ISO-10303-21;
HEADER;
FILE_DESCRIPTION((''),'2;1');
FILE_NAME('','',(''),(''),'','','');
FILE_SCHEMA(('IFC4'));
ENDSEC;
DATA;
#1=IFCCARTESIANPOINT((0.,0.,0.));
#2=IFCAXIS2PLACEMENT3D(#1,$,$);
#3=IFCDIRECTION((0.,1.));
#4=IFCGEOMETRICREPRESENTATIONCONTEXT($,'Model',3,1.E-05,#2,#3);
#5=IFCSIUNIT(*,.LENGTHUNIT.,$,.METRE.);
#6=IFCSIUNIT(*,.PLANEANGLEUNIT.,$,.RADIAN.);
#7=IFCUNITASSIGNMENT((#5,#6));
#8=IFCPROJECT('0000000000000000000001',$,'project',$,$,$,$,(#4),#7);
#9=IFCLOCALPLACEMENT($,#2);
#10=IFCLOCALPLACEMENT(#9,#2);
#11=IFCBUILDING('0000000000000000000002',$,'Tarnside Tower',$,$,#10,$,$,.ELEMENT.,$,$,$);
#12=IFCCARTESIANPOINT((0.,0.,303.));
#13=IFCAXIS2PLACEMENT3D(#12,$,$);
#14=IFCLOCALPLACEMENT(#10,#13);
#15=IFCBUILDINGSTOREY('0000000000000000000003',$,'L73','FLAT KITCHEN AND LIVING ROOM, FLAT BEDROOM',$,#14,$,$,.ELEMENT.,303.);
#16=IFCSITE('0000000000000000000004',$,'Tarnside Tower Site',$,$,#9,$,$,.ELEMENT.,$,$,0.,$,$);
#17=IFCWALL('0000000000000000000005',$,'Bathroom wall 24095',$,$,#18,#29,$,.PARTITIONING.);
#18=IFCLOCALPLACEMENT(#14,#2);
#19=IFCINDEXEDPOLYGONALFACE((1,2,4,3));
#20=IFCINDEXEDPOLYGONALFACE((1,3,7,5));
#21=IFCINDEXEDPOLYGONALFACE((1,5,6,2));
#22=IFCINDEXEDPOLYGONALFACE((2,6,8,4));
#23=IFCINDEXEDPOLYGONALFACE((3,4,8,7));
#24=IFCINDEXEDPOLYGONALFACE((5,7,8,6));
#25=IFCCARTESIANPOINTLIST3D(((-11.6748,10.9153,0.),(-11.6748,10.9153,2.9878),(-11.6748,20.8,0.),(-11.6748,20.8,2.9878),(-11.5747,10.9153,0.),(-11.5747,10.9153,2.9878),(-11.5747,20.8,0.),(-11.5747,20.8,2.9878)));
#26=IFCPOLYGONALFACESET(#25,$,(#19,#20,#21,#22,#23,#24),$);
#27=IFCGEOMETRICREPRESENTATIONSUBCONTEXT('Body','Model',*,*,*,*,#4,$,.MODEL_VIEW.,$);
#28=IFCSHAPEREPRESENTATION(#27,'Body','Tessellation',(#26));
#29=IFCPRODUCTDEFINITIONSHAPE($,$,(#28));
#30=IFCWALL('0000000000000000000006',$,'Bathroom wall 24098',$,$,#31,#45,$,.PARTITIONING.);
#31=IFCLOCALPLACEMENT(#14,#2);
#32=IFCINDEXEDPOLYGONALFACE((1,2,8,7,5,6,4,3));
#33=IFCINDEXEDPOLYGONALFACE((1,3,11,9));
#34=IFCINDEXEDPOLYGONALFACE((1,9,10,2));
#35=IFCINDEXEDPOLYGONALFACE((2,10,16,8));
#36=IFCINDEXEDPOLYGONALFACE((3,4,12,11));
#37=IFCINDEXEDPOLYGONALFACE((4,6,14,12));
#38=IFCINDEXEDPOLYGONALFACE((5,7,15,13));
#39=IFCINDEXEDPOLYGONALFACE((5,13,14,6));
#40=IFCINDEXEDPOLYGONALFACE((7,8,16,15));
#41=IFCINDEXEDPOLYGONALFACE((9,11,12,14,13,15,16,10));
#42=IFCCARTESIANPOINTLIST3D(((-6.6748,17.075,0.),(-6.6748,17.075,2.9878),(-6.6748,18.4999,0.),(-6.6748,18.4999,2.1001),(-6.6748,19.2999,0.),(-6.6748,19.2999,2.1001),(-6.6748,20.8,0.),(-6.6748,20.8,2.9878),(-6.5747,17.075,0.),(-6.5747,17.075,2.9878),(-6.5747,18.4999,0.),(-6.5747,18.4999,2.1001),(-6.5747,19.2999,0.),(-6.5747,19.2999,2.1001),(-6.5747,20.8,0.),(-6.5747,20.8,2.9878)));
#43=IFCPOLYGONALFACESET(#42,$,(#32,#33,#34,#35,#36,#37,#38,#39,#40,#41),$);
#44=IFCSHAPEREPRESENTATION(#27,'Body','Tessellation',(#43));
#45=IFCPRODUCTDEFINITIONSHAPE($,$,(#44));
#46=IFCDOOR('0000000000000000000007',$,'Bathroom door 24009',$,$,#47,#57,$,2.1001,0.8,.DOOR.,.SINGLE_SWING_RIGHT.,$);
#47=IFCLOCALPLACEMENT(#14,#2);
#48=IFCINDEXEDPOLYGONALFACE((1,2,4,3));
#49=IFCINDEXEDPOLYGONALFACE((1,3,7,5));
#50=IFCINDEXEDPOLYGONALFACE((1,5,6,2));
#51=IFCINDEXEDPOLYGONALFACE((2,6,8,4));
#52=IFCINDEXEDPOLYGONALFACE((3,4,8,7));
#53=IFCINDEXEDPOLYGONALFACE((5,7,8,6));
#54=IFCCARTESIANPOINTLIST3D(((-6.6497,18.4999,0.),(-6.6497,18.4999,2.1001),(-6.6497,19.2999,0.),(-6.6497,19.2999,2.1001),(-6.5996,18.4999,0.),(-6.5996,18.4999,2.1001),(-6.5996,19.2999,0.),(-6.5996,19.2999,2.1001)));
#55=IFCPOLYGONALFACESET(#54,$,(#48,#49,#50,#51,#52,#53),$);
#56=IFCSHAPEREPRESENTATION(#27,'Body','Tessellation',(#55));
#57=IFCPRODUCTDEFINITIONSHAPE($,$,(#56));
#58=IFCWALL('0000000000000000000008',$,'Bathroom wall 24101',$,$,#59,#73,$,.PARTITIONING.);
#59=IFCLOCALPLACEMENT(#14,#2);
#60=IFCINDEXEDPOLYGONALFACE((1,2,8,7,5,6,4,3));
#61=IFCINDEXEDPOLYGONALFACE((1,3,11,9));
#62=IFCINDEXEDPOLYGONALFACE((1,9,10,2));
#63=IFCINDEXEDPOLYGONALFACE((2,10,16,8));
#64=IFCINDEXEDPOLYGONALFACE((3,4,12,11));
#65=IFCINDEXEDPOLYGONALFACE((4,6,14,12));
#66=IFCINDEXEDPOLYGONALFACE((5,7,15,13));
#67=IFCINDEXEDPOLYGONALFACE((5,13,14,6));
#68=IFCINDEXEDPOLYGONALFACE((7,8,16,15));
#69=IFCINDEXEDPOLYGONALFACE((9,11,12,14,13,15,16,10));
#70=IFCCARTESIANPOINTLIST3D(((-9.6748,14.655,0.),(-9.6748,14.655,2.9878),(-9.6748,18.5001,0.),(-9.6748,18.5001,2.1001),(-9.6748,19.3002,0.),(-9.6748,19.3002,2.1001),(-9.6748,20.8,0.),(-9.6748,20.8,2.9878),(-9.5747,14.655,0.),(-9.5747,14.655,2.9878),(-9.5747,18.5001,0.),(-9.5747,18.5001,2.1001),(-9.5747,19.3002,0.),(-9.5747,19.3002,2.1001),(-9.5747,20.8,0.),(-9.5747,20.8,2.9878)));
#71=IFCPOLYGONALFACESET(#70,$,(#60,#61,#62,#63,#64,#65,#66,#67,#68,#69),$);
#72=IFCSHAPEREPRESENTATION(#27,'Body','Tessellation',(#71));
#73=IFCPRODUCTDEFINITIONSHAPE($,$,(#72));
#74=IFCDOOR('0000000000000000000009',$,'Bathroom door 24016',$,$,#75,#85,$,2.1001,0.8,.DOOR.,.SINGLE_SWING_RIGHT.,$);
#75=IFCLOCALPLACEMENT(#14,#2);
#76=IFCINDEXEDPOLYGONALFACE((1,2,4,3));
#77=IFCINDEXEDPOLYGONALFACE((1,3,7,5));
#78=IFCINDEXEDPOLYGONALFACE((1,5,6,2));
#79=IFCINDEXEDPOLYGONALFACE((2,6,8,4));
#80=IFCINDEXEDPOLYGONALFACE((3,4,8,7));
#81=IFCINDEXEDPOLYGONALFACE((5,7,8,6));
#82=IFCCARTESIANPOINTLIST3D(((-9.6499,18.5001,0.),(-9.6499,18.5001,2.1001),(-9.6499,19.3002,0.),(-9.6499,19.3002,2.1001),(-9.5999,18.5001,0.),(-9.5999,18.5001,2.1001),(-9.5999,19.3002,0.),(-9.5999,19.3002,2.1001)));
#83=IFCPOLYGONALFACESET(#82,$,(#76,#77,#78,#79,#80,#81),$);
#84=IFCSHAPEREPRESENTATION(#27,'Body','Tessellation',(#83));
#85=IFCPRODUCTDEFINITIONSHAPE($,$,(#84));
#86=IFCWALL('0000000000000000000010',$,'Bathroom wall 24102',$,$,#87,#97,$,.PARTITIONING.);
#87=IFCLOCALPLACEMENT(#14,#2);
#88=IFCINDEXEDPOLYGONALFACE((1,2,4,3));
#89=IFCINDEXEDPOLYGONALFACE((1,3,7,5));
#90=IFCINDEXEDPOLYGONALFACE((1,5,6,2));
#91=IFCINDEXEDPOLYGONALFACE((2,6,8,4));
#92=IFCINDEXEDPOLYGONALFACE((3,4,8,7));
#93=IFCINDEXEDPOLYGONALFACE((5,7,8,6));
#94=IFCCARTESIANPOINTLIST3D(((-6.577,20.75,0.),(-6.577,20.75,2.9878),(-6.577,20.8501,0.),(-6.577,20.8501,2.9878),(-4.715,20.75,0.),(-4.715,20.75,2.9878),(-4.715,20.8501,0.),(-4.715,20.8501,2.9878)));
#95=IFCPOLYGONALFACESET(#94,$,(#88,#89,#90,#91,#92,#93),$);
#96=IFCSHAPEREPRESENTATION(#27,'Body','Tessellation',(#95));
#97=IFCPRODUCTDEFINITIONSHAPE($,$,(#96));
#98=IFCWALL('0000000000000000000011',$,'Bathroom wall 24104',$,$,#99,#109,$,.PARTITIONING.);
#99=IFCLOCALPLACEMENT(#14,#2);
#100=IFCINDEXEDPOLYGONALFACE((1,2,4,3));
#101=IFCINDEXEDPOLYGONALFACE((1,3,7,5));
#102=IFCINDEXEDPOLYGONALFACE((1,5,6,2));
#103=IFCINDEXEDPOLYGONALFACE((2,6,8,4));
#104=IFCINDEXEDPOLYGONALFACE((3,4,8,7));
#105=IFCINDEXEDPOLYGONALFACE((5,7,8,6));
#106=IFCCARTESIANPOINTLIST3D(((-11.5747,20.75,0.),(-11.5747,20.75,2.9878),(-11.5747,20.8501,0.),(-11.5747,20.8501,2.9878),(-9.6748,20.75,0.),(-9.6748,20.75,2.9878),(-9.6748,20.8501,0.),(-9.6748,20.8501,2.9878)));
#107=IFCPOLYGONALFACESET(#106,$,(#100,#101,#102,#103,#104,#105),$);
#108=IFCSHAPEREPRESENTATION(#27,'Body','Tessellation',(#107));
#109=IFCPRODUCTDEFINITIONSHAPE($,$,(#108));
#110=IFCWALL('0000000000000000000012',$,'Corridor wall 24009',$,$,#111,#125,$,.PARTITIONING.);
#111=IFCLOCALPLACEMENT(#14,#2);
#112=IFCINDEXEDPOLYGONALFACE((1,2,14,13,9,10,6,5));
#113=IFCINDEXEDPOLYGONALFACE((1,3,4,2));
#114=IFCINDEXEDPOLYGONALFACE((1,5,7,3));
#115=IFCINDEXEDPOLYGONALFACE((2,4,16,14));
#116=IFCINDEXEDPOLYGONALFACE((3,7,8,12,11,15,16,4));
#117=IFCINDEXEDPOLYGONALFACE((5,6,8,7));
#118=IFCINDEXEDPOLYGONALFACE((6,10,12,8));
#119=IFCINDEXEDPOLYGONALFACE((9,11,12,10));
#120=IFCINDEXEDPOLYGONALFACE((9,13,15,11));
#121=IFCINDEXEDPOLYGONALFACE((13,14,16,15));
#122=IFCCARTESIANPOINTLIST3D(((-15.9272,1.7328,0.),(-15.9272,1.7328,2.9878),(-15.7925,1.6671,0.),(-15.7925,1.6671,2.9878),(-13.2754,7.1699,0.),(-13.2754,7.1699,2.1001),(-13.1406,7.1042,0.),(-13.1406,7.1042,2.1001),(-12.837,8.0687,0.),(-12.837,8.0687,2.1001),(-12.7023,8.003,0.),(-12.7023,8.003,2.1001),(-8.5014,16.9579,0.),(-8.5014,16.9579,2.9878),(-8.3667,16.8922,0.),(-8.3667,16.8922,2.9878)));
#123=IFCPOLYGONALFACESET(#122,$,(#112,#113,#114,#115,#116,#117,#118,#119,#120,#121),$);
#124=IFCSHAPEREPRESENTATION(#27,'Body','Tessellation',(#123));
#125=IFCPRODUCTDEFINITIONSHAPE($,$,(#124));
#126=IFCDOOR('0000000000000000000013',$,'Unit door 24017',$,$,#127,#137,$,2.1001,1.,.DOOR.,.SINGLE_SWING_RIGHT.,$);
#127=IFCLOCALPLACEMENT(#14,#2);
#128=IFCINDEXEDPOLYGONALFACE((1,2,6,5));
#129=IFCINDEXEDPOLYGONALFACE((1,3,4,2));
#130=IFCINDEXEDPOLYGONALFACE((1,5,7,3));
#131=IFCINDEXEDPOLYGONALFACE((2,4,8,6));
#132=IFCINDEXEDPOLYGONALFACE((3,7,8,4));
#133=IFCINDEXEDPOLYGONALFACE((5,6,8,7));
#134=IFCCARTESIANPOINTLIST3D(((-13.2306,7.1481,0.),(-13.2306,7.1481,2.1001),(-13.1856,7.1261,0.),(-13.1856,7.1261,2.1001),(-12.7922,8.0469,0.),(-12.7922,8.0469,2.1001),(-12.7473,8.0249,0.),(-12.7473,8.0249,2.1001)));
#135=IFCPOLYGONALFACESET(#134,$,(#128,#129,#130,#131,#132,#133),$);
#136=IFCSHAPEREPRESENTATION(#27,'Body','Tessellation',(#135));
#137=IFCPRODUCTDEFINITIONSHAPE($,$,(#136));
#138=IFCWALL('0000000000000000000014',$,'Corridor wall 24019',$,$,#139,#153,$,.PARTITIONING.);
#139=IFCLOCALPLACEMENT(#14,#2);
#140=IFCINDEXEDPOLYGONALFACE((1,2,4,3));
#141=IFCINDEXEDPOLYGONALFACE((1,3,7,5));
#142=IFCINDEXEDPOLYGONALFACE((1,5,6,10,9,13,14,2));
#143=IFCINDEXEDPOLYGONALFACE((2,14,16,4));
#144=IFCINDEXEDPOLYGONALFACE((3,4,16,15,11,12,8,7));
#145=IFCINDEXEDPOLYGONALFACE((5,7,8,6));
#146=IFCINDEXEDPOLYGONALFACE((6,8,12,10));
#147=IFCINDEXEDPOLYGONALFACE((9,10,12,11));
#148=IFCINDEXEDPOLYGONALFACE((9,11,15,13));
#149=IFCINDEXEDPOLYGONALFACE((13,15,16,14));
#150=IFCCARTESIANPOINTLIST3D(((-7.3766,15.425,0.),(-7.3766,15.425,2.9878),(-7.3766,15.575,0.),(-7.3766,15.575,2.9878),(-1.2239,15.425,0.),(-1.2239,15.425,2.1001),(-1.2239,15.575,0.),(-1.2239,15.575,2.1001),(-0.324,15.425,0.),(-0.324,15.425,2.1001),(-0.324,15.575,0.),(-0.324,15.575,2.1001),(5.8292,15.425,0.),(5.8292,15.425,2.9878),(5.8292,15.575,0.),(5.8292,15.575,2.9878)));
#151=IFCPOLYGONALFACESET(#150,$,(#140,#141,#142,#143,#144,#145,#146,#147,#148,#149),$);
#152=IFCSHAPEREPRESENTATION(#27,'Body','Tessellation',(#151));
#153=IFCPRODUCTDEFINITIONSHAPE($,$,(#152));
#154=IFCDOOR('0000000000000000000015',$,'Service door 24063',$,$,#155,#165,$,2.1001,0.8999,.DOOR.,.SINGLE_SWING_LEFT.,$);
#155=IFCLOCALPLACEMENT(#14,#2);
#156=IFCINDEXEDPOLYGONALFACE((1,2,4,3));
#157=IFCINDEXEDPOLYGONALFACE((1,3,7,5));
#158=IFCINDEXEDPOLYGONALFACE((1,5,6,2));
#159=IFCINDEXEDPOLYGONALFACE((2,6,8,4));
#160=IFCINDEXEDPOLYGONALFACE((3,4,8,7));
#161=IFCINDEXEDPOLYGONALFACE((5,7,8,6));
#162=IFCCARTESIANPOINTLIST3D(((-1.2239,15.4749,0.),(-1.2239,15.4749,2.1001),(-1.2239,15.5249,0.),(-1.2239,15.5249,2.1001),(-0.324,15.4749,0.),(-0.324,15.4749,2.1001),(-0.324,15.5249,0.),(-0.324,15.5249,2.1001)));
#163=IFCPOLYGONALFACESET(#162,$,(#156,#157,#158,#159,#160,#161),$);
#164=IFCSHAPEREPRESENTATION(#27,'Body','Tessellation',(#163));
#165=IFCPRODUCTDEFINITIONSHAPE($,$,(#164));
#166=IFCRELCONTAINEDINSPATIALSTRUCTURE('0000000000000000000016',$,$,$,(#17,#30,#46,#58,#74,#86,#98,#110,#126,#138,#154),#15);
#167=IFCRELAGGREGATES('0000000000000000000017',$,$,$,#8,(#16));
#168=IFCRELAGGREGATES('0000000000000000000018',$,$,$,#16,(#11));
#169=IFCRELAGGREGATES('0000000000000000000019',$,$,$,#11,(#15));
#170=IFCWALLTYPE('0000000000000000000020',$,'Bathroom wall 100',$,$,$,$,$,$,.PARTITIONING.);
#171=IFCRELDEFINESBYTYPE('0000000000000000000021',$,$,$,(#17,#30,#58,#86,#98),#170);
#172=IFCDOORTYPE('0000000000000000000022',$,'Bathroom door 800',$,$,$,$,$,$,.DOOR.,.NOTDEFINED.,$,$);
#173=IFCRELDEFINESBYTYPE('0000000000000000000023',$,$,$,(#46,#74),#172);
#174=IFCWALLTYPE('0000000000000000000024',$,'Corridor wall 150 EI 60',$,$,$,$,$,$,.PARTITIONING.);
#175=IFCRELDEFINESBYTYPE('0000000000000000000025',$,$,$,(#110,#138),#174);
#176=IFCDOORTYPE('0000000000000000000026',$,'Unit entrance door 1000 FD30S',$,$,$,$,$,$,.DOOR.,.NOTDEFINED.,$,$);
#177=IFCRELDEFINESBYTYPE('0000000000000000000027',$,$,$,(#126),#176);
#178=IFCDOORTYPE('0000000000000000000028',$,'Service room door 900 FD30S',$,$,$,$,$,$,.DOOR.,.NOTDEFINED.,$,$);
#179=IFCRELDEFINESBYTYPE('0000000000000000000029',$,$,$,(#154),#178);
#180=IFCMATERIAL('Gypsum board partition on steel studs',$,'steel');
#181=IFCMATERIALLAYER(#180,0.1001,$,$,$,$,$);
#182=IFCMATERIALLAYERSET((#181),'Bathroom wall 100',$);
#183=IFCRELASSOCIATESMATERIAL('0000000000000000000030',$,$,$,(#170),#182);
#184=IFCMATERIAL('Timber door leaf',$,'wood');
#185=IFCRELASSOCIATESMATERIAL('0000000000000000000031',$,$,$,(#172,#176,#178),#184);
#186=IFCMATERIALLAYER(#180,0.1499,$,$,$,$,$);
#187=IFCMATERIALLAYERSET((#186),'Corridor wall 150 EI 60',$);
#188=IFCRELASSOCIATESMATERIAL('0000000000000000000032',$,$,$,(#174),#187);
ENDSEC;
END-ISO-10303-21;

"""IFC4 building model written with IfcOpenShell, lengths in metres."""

from ifc_helpers import new_model, si_unit, direction, frame, frame_2d, origin, place, context, subcontext, project, spatial, rectangle, extrude, material, layer, layer_set, type_object, element, fill, save


model = new_model("IFC4")

# Units and contexts
model_context = context("Model", 3, precision=1e-05, world=origin(), true_north=direction((0.0, 1.0)))
body_context = subcontext(model_context, "Body", "Model", "MODEL_VIEW")
ifc_project = project(units=[si_unit("LENGTHUNIT", "METRE"), si_unit("PLANEANGLEUNIT", "RADIAN")], contexts=[model_context])

# Site, building, storey
site_placement = place(None, origin())
site = spatial("IfcSite", under=ifc_project, at=site_placement, Name="Tarnside Tower Site", CompositionType="ELEMENT", RefElevation=0.0)
building_placement = place(site_placement, origin())
building = spatial("IfcBuilding", under=site, at=building_placement, Name="Tarnside Tower", CompositionType="ELEMENT")
storey_placement = place(building_placement, frame((0.0, 0.0, 303.0)))
storey = spatial("IfcBuildingStorey", under=building, at=storey_placement, Name="L73", Description="FLAT KITCHEN AND LIVING ROOM, FLAT BEDROOM", CompositionType="ELEMENT", Elevation=303.0)

# Wall
ifc_material_1 = material(Name="Gypsum board partition on steel studs", Category="steel")
ifc_layer_1 = layer(ifc_material_1, 0.1001)
ifc_layer_set_1 = layer_set([ifc_layer_1], Name="Bathroom wall 100")
wall_type_1 = type_object("IfcWallType", Name="Bathroom wall 100", PredefinedType="PARTITIONING", material=ifc_layer_set_1)
wall_1_placement = place(storey_placement, frame((-11.6248, 10.9153, 0.0), z_axis=(0.0, 0.0, 1.0), x_axis=(0.0, 1.0, 0.0)))
element("IfcWall", 1, at=wall_1_placement, inside=storey, type_object=wall_type_1, Name="Bathroom wall 24095", PredefinedType="PARTITIONING", context=body_context, shape_type="SweptSolid", body=[
    extrude(rectangle(XDim=9.8848, YDim=0.1001, at=frame_2d((4.9424, 0.0))), origin(), (0.0, 0.0, 1.0), 2.9878),
])

# Walls, openings, doors
wall_2_placement = place(storey_placement, frame((-6.6248, 17.075, 0.0), z_axis=(0.0, 0.0, 1.0), x_axis=(0.0, 1.0, 0.0)))
wall_2 = element("IfcWall", 2, at=wall_2_placement, inside=storey, type_object=wall_type_1, Name="Bathroom wall 24098", PredefinedType="PARTITIONING", context=body_context, shape_type="SweptSolid", body=[
    extrude(rectangle(XDim=3.7251, YDim=0.1001, at=frame_2d((1.8625, 0.0))), origin(), (0.0, 0.0, 1.0), 2.9878),
])
opening_1_placement = place(wall_2_placement, frame((1.425, 0.0, 0.0)))
opening_1 = element("IfcOpeningElement", 3, at=opening_1_placement, cuts=wall_2, PredefinedType="OPENING", context=body_context, shape_type="SweptSolid", body=[
    extrude(rectangle(XDim=0.8, YDim=2.1001, at=frame_2d((0.3999, 1.05))), frame((0.0, 0.0601, 0.0), z_axis=(0.0, -1.0, 0.0), x_axis=(1.0, 0.0, 0.0)), (0.0, 0.0, 1.0), 0.1201),
])
ifc_material_2 = material(Name="Timber door leaf", Category="wood")
door_type_1 = type_object("IfcDoorType", Name="Bathroom door 800", OperationType="NOTDEFINED", PredefinedType="DOOR", material=ifc_material_2)
door_1_placement = place(opening_1_placement, origin())
door_1 = element("IfcDoor", 4, at=door_1_placement, inside=storey, type_object=door_type_1, Name="Bathroom door 24009", OperationType="SINGLE_SWING_RIGHT", OverallHeight=2.1001, OverallWidth=0.8, PredefinedType="DOOR", context=body_context, shape_type="SweptSolid", body=[
    extrude(rectangle(XDim=0.8, YDim=2.1001, at=frame_2d((0.3999, 1.05))), frame((0.0, 0.0249, 0.0), z_axis=(0.0, -1.0, 0.0), x_axis=(1.0, 0.0, 0.0)), (0.0, 0.0, 1.0), 0.05),
])
fill(opening_1, door_1)
wall_3_placement = place(storey_placement, frame((-9.6248, 20.8, 0.0), z_axis=(0.0, 0.0, 1.0), x_axis=(0.0, -1.0, 0.0)))
wall_3 = element("IfcWall", 5, at=wall_3_placement, inside=storey, type_object=wall_type_1, Name="Bathroom wall 24101", PredefinedType="PARTITIONING", context=body_context, shape_type="SweptSolid", body=[
    extrude(rectangle(XDim=6.145, YDim=0.1001, at=frame_2d((3.0725, 0.0))), origin(), (0.0, 0.0, 1.0), 2.9878),
])
opening_2_placement = place(wall_3_placement, frame((1.5, 0.0, 0.0)))
opening_2 = element("IfcOpeningElement", 6, at=opening_2_placement, cuts=wall_3, PredefinedType="OPENING", context=body_context, shape_type="SweptSolid", body=[
    extrude(rectangle(XDim=0.8, YDim=2.1001, at=frame_2d((0.3999, 1.05))), frame((0.0, 0.0601, 0.0), z_axis=(0.0, -1.0, 0.0), x_axis=(1.0, 0.0, 0.0)), (0.0, 0.0, 1.0), 0.1201),
])
door_2_placement = place(opening_2_placement, origin())
door_2 = element("IfcDoor", 7, at=door_2_placement, inside=storey, type_object=door_type_1, Name="Bathroom door 24016", OperationType="SINGLE_SWING_RIGHT", OverallHeight=2.1001, OverallWidth=0.8, PredefinedType="DOOR", context=body_context, shape_type="SweptSolid", body=[
    extrude(rectangle(XDim=0.8, YDim=2.1001, at=frame_2d((0.3999, 1.05))), frame((0.0, 0.0249, 0.0), z_axis=(0.0, -1.0, 0.0), x_axis=(1.0, 0.0, 0.0)), (0.0, 0.0, 1.0), 0.05),
])
fill(opening_2, door_2)

# Walls
wall_4_placement = place(storey_placement, frame((-4.7148, 20.8, 0.0), z_axis=(0.0, 0.0, 1.0), x_axis=(-1.0, 0.0, 0.0)))
element("IfcWall", 8, at=wall_4_placement, inside=storey, type_object=wall_type_1, Name="Bathroom wall 24102", PredefinedType="PARTITIONING", context=body_context, shape_type="SweptSolid", body=[
    extrude(rectangle(XDim=1.8621, YDim=0.1001, at=frame_2d((0.9312, 0.0))), origin(), (0.0, 0.0, 1.0), 2.9878),
])
wall_5_placement = place(storey_placement, frame((-11.5747, 20.8, 0.0), z_axis=(0.0, 0.0, 1.0), x_axis=(1.0, 0.0, 0.0)))
element("IfcWall", 9, at=wall_5_placement, inside=storey, type_object=wall_type_1, Name="Bathroom wall 24104", PredefinedType="PARTITIONING", context=body_context, shape_type="SweptSolid", body=[
    extrude(rectangle(XDim=1.8999, YDim=0.1001, at=frame_2d((0.95, 0.0))), origin(), (0.0, 0.0, 1.0), 2.9878),
])

# Walls, openings, doors
ifc_layer_2 = layer(ifc_material_1, 0.1499)
ifc_layer_set_2 = layer_set([ifc_layer_2], Name="Corridor wall 150 EI 60")
wall_type_2 = type_object("IfcWallType", Name="Corridor wall 150 EI 60", PredefinedType="PARTITIONING", material=ifc_layer_set_2)
wall_6_placement = place(storey_placement, frame((-8.4341, 16.925, 0.0), z_axis=(0.0, 0.0, 1.0), x_axis=(-0.438371, -0.898794, 0.0)))
wall_6 = element("IfcWall", 10, at=wall_6_placement, inside=storey, type_object=wall_type_2, Name="Corridor wall 24009", PredefinedType="PARTITIONING", context=body_context, shape_type="SweptSolid", body=[
    extrude(rectangle(XDim=16.9395, YDim=0.1499, at=frame_2d((8.4697, 0.0))), origin(), (0.0, 0.0, 1.0), 2.9878),
])
opening_3_placement = place(wall_6_placement, frame((9.8901, 0.0, 0.0)))
opening_3 = element("IfcOpeningElement", 11, at=opening_3_placement, cuts=wall_6, PredefinedType="OPENING", context=body_context, shape_type="SweptSolid", body=[
    extrude(rectangle(XDim=1.0, YDim=2.1001, at=frame_2d((0.5, 1.05))), frame((0.0, 0.085, 0.0), z_axis=(0.0, -1.0, 0.0), x_axis=(1.0, 0.0, 0.0)), (0.0, 0.0, 1.0), 0.1699),
])
door_type_2 = type_object("IfcDoorType", Name="Unit entrance door 1000 FD30S", OperationType="NOTDEFINED", PredefinedType="DOOR", material=ifc_material_2)
door_3_placement = place(opening_3_placement, origin())
door_3 = element("IfcDoor", 12, at=door_3_placement, inside=storey, type_object=door_type_2, Name="Unit door 24017", OperationType="SINGLE_SWING_RIGHT", OverallHeight=2.1001, OverallWidth=1.0, PredefinedType="DOOR", context=body_context, shape_type="SweptSolid", body=[
    extrude(rectangle(XDim=1.0, YDim=2.1001, at=frame_2d((0.5, 1.05))), frame((0.0, 0.0249, 0.0), z_axis=(0.0, -1.0, 0.0), x_axis=(1.0, 0.0, 0.0)), (0.0, 0.0, 1.0), 0.05),
])
fill(opening_3, door_3)
wall_7_placement = place(storey_placement, frame((-7.3767, 15.5, 0.0), z_axis=(0.0, 0.0, 1.0), x_axis=(1.0, 0.0, 0.0)))
wall_7 = element("IfcWall", 13, at=wall_7_placement, inside=storey, type_object=wall_type_2, Name="Corridor wall 24019", PredefinedType="PARTITIONING", context=body_context, shape_type="SweptSolid", body=[
    extrude(rectangle(XDim=13.2058, YDim=0.1499, at=frame_2d((6.603, 0.0))), origin(), (0.0, 0.0, 1.0), 2.9878),
])
opening_4_placement = place(wall_7_placement, frame((6.1528, 0.0, 0.0)))
opening_4 = element("IfcOpeningElement", 14, at=opening_4_placement, cuts=wall_7, PredefinedType="OPENING", context=body_context, shape_type="SweptSolid", body=[
    extrude(rectangle(XDim=0.8999, YDim=2.1001, at=frame_2d((0.45, 1.05))), frame((0.0, 0.085, 0.0), z_axis=(0.0, -1.0, 0.0), x_axis=(1.0, 0.0, 0.0)), (0.0, 0.0, 1.0), 0.1699),
])
door_type_3 = type_object("IfcDoorType", Name="Service room door 900 FD30S", OperationType="NOTDEFINED", PredefinedType="DOOR", material=ifc_material_2)
door_4_placement = place(opening_4_placement, origin())
door_4 = element("IfcDoor", 15, at=door_4_placement, inside=storey, type_object=door_type_3, Name="Service door 24063", OperationType="SINGLE_SWING_LEFT", OverallHeight=2.1001, OverallWidth=0.8999, PredefinedType="DOOR", context=body_context, shape_type="SweptSolid", body=[
    extrude(rectangle(XDim=0.8999, YDim=2.1001, at=frame_2d((0.45, 1.05))), frame((0.0, 0.0249, 0.0), z_axis=(0.0, -1.0, 0.0), x_axis=(1.0, 0.0, 0.0)), (0.0, 0.0, 1.0), 0.05),
])
fill(opening_4, door_4)

save(model, "model.ifc")
